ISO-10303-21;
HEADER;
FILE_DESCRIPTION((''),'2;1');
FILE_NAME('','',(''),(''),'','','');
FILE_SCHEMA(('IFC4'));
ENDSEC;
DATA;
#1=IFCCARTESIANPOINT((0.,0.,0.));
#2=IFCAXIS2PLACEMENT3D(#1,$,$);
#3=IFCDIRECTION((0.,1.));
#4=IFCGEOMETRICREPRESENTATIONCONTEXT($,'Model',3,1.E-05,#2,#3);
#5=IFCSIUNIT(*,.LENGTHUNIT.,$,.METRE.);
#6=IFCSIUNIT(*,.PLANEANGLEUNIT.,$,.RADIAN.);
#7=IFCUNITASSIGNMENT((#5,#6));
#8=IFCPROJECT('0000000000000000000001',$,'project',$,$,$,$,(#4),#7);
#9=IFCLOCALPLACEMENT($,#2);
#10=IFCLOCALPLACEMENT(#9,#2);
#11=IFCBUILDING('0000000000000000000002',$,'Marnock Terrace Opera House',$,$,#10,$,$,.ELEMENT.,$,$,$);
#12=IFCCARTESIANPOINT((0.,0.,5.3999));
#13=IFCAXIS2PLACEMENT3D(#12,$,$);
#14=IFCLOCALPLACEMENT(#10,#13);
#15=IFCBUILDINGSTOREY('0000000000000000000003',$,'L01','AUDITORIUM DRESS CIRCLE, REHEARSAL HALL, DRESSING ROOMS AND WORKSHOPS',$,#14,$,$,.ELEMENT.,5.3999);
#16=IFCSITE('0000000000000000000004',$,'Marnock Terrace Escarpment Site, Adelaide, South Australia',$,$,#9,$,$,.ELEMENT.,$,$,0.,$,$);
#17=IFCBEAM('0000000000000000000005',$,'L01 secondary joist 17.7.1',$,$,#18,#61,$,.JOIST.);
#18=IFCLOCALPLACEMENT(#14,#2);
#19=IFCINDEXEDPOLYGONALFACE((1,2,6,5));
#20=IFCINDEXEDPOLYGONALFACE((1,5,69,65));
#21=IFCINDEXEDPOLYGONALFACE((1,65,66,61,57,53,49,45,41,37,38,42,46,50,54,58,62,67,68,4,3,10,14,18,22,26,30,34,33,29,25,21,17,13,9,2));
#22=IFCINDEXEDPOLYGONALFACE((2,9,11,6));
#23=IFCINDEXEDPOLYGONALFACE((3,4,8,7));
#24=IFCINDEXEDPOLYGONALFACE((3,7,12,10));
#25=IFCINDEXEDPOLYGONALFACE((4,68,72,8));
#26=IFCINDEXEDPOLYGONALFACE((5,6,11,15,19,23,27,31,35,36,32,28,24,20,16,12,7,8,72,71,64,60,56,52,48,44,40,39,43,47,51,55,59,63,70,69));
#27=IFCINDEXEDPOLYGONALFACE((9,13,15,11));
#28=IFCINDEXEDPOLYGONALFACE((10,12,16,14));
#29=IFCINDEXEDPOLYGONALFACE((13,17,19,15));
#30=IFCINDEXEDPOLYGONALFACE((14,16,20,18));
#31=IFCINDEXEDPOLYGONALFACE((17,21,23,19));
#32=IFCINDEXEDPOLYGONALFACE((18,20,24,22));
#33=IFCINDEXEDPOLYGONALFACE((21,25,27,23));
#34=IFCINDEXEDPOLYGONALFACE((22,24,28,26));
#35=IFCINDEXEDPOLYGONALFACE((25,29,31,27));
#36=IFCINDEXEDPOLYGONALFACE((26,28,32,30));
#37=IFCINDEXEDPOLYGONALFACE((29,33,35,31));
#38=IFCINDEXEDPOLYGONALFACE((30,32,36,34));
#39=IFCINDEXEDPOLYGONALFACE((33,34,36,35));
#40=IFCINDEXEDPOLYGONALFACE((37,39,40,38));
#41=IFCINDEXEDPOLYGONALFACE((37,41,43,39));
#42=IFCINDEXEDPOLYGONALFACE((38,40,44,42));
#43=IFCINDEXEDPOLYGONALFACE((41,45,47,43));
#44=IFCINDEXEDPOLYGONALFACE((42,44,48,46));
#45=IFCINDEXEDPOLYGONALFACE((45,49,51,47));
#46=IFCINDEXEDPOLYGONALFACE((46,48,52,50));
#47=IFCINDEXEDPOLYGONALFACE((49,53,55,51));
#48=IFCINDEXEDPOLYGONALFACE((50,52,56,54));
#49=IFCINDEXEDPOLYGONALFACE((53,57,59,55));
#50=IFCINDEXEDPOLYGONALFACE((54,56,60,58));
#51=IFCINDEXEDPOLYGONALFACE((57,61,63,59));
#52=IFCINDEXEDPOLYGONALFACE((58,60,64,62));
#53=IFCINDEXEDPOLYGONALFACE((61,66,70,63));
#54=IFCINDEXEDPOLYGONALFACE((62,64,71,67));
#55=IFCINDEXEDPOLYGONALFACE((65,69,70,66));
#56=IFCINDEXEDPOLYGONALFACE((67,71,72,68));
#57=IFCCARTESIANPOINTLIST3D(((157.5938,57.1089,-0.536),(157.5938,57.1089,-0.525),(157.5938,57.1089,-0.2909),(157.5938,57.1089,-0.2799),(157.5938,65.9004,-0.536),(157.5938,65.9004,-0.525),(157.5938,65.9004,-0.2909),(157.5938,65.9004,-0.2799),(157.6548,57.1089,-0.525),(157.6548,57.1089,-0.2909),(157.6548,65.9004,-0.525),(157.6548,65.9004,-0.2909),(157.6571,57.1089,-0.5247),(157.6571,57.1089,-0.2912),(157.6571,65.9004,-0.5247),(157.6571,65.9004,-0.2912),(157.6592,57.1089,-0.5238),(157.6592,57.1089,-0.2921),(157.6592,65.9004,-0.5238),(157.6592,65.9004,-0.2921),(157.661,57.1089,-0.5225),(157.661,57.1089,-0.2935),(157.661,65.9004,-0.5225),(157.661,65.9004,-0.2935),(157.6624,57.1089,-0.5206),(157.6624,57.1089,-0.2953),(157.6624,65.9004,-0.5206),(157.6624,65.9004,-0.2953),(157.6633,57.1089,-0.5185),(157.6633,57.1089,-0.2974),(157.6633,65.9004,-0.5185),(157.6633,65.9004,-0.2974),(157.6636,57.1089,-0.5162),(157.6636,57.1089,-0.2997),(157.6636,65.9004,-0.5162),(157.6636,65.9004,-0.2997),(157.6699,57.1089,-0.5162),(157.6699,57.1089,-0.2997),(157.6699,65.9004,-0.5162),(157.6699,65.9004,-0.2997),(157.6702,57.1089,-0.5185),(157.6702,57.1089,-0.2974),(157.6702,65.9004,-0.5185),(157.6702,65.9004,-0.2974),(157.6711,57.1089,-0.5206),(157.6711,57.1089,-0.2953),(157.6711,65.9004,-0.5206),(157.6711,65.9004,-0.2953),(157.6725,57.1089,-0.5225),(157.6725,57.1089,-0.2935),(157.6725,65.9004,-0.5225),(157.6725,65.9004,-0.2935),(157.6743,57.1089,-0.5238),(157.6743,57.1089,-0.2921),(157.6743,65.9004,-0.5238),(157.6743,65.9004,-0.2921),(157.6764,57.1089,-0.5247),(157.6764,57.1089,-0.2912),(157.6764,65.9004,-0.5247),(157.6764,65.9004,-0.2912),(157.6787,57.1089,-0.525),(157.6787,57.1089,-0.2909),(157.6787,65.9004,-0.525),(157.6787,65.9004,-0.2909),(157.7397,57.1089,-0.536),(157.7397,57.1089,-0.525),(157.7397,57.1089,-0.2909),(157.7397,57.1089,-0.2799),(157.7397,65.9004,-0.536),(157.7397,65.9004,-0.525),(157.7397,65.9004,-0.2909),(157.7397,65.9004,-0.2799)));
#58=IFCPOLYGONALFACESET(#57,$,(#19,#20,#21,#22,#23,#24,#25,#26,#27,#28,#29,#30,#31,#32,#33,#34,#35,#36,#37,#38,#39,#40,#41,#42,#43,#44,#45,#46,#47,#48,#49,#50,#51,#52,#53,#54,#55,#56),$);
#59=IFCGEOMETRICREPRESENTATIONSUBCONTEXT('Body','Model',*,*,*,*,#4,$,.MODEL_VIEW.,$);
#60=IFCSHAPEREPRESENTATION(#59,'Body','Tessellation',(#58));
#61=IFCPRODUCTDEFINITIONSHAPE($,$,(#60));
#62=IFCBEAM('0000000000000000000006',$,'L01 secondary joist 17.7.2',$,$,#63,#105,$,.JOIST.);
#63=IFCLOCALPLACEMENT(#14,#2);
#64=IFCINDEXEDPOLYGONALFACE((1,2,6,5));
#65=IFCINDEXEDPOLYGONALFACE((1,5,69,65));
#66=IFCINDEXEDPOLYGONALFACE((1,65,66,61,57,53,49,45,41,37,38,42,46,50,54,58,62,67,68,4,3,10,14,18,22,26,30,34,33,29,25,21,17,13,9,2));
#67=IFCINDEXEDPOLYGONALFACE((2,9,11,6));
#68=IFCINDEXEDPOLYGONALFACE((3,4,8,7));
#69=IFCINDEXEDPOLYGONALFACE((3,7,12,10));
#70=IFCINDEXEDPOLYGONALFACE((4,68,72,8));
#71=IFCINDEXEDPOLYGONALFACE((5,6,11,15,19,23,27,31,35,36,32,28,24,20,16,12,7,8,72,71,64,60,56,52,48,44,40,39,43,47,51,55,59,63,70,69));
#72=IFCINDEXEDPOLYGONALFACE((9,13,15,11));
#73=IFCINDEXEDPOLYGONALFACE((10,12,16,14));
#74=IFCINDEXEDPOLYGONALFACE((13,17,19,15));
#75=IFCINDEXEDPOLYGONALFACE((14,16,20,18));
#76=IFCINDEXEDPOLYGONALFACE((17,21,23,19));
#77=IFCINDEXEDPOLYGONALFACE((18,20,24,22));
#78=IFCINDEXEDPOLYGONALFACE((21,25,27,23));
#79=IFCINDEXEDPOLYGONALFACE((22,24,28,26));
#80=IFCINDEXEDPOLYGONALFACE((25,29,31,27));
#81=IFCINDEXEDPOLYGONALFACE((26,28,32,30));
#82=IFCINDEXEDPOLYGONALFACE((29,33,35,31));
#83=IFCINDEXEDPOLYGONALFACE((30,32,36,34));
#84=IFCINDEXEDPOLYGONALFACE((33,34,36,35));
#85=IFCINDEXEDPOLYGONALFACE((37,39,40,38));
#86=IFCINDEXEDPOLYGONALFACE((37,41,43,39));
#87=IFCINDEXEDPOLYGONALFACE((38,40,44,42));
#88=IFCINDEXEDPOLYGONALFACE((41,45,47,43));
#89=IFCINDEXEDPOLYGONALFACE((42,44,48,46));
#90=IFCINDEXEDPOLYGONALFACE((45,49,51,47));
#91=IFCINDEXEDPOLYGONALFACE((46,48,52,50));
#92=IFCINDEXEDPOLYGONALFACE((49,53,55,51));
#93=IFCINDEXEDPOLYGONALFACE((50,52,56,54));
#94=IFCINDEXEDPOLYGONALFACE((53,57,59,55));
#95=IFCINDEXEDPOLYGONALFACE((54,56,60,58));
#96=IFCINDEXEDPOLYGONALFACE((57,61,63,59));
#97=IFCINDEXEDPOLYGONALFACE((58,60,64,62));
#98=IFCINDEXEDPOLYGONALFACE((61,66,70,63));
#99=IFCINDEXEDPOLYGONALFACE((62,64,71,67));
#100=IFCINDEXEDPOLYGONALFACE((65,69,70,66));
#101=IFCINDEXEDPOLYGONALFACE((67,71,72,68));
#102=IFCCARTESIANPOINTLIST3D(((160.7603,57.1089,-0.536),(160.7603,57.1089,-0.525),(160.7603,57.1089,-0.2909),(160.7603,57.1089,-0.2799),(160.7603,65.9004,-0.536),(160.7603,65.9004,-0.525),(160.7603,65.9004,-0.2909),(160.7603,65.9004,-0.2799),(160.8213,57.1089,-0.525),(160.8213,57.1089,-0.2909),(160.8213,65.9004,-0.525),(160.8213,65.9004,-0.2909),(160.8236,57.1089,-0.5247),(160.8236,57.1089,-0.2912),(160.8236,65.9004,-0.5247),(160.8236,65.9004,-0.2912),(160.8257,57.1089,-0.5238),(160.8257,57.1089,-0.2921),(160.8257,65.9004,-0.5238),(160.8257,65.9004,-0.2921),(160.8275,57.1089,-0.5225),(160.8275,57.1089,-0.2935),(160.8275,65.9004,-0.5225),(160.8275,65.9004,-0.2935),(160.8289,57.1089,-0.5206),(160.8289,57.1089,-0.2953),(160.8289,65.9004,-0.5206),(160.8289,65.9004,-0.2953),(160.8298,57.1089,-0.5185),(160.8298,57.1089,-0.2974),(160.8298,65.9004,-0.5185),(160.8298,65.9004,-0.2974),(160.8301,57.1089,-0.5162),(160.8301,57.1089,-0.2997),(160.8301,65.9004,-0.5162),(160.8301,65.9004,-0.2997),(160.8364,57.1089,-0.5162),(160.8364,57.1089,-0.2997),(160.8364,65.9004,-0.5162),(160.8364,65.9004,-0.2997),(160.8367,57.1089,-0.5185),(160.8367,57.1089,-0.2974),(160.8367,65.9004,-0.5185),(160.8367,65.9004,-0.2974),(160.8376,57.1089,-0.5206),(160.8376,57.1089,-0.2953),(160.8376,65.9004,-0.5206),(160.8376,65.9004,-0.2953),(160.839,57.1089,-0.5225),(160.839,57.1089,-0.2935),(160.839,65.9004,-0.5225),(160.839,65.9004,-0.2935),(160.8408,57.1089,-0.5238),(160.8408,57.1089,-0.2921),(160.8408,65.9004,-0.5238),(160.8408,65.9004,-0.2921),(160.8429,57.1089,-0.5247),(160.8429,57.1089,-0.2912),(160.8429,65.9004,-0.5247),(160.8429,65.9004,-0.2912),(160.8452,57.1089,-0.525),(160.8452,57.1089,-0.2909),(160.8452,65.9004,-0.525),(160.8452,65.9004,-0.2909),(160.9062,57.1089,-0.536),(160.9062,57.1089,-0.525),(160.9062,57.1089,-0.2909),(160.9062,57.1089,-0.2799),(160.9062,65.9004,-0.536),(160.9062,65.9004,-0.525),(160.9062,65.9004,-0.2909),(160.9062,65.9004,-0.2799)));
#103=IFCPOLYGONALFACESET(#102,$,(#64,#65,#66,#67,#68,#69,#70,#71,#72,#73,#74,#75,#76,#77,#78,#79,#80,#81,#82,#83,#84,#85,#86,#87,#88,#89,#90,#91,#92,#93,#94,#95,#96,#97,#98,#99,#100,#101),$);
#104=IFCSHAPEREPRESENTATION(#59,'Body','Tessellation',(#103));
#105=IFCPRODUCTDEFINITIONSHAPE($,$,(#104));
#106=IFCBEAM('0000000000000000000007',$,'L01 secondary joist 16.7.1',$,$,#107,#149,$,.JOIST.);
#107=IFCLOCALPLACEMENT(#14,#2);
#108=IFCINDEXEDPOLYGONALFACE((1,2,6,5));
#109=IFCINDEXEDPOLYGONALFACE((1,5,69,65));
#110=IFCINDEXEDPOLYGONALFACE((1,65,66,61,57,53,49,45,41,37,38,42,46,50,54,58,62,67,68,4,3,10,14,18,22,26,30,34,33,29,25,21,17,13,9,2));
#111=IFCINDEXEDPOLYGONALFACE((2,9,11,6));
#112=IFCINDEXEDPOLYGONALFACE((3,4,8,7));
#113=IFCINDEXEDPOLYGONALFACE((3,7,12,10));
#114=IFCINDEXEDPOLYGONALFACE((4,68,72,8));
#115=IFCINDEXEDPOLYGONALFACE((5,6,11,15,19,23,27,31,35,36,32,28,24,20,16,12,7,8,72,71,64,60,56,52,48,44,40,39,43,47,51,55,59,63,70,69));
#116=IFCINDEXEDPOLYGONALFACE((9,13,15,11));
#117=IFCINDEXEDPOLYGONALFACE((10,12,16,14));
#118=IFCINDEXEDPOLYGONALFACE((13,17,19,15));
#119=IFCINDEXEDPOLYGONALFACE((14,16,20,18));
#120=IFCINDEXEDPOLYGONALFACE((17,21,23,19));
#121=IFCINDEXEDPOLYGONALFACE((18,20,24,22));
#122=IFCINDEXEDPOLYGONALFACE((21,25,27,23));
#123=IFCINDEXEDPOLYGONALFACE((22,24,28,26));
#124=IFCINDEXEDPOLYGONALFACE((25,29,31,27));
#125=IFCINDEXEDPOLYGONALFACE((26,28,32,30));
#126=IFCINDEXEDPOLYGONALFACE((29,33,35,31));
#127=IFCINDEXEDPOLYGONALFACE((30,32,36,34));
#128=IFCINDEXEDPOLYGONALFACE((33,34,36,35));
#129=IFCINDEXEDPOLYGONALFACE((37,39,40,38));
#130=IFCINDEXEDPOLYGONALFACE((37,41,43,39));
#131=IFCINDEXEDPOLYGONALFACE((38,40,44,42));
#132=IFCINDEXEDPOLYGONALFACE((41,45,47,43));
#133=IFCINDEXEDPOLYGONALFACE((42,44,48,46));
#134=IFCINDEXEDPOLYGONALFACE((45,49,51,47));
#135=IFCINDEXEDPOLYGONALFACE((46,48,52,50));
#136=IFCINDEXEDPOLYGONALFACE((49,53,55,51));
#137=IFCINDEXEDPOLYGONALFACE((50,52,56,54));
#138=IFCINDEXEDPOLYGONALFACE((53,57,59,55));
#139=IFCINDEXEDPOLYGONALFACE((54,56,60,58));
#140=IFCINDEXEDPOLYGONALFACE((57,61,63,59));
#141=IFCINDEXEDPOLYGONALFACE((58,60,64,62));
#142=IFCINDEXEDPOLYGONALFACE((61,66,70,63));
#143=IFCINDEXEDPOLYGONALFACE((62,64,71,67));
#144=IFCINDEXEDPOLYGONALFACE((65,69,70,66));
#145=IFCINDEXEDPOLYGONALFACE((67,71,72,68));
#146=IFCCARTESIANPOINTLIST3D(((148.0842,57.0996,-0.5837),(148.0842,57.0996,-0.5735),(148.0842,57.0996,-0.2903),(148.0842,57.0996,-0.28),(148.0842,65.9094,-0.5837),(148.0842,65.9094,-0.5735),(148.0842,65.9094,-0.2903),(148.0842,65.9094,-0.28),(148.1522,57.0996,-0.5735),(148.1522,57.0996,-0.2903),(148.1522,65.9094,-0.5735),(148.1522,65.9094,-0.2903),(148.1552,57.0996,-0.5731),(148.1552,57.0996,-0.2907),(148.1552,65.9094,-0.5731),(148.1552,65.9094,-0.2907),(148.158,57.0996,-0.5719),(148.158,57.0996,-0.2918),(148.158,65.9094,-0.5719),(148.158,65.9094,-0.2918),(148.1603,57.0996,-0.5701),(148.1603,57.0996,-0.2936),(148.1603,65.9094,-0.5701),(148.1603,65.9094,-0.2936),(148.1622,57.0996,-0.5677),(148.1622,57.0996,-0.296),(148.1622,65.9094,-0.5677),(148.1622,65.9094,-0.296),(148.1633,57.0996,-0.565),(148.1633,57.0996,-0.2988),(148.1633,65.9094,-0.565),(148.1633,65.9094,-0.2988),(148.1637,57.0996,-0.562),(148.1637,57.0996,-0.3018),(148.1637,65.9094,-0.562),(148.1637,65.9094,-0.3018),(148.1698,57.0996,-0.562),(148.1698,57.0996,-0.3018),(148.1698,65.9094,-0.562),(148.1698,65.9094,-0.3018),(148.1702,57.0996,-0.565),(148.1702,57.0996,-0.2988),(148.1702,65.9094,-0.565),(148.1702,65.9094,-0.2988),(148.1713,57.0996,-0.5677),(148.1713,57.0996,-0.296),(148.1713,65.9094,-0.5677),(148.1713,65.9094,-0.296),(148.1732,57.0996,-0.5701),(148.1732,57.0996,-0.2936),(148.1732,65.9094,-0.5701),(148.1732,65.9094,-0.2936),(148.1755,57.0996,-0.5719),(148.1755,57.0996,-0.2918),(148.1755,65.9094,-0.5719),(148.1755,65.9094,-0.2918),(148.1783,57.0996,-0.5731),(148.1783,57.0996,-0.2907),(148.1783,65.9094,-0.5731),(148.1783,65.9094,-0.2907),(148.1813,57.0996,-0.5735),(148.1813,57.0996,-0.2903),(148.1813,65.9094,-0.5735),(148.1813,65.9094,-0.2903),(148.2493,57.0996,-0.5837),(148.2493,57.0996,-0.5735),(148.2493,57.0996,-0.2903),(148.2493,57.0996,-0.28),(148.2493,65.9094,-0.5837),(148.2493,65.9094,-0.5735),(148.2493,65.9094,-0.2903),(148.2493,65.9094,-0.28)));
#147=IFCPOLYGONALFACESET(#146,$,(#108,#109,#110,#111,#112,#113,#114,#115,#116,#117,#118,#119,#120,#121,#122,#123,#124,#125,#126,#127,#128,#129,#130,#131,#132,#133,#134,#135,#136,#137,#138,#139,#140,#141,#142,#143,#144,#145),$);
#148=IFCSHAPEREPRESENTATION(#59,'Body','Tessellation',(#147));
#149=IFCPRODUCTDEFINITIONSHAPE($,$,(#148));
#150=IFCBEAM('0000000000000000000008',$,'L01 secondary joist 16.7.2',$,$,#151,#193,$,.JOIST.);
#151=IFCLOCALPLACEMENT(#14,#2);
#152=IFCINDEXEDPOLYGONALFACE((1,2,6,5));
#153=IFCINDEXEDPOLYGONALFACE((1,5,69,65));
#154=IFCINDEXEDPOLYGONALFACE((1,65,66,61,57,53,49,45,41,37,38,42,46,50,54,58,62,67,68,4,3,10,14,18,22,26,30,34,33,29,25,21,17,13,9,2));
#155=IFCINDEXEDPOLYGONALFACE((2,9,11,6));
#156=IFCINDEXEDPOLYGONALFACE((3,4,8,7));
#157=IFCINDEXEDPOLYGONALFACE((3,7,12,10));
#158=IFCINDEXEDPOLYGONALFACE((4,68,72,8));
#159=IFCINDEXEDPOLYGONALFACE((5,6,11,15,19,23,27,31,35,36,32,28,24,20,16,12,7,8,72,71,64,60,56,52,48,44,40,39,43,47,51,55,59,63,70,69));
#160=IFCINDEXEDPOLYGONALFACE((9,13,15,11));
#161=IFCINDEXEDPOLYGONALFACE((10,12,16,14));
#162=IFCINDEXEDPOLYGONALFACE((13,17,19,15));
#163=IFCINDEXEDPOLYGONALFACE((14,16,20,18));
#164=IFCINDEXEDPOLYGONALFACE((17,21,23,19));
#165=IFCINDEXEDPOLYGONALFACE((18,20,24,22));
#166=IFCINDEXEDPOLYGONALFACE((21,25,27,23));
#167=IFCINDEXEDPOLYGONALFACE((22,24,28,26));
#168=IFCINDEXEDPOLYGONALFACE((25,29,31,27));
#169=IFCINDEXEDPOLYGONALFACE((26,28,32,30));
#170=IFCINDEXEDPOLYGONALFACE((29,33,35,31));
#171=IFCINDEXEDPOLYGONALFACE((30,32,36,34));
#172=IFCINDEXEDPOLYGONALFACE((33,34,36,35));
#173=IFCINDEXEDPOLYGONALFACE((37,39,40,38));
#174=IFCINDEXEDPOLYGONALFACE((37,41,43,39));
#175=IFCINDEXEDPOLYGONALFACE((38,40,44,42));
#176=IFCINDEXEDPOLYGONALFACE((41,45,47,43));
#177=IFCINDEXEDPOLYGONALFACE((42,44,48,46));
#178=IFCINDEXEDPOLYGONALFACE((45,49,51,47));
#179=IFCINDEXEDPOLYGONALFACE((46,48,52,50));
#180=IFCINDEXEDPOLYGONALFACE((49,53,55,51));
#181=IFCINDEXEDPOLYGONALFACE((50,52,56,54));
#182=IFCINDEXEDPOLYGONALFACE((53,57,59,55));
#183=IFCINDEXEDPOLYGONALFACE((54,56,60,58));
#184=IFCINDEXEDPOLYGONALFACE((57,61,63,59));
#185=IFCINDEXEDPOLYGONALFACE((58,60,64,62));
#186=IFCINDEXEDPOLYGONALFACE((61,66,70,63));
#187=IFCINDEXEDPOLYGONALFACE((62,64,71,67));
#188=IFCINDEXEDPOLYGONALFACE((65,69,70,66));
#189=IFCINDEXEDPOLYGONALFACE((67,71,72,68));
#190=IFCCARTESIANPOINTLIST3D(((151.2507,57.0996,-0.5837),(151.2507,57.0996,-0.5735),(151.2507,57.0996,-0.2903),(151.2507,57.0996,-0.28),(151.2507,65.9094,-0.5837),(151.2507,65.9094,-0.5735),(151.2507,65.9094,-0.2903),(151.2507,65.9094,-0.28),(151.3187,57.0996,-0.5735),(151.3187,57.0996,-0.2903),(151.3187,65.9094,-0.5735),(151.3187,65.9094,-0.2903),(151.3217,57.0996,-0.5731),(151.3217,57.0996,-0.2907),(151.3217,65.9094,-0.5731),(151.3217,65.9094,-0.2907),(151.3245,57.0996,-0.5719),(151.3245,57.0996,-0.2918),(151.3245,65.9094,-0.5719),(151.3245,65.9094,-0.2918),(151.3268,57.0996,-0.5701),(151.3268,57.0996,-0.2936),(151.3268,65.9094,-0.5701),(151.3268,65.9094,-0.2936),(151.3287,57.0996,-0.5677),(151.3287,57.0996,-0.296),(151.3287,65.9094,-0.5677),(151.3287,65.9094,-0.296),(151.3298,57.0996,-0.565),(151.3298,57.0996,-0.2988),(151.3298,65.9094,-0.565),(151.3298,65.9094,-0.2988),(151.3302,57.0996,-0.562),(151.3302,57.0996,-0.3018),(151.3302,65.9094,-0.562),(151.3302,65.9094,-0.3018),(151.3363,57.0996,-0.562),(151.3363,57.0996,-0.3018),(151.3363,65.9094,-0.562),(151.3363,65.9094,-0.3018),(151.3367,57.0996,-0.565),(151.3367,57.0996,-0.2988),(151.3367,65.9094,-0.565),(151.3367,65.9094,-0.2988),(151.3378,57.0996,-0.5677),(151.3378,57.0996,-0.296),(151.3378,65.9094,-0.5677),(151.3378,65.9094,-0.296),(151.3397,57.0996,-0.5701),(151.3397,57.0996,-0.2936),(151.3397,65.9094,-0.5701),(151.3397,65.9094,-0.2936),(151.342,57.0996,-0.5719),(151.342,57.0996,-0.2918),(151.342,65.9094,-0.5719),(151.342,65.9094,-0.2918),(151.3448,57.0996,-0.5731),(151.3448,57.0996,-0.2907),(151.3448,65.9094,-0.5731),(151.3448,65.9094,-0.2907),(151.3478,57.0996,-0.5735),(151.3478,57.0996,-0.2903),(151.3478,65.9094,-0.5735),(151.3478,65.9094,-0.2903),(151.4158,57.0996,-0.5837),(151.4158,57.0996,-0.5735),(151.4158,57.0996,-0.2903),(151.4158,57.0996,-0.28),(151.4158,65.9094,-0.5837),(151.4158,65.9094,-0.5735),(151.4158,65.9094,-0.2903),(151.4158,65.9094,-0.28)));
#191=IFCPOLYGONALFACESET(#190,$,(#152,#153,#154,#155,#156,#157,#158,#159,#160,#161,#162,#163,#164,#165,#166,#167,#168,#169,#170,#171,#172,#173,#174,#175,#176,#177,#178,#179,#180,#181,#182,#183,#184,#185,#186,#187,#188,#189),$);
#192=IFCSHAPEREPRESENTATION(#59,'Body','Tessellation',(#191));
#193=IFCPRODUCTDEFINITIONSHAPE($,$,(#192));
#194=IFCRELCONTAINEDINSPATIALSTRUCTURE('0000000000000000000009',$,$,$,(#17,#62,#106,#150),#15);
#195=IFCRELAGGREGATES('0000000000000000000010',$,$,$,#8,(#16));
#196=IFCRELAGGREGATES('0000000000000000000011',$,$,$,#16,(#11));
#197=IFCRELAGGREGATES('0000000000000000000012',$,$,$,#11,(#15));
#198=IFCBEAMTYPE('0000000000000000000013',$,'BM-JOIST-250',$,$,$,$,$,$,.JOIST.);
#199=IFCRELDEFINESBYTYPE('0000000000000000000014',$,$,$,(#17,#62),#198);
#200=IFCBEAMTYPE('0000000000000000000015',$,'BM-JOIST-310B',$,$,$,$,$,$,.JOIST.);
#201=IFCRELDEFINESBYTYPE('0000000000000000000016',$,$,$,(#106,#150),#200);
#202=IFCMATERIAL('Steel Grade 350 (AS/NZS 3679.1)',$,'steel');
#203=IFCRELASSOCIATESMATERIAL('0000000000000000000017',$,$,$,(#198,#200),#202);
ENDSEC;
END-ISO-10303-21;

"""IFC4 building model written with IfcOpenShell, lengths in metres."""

from ifc_helpers import new_model, si_unit, direction, frame, origin, origin_2d, place, context, subcontext, project, spatial, i_section, extrude, material, material_profile, profile_set, type_object, element, save


model = new_model("IFC4")

# Units and contexts
model_context = context("Model", 3, precision=1e-05, world=origin(), true_north=direction((0.0, 1.0)))
body_context = subcontext(model_context, "Body", "Model", "MODEL_VIEW")
ifc_project = project(units=[si_unit("LENGTHUNIT", "METRE"), si_unit("PLANEANGLEUNIT", "RADIAN")], contexts=[model_context])

# Site, building, storey
site_placement = place(None, origin())
site = spatial("IfcSite", under=ifc_project, at=site_placement, Name="Marnock Terrace Escarpment Site, Adelaide, South Australia", CompositionType="ELEMENT", RefElevation=0.0)
building_placement = place(site_placement, origin())
building = spatial("IfcBuilding", under=site, at=building_placement, Name="Marnock Terrace Opera House", CompositionType="ELEMENT")
storey_placement = place(building_placement, frame((0.0, 0.0, 5.3999)))
storey = spatial("IfcBuildingStorey", under=building, at=storey_placement, Name="L01", Description="AUDITORIUM DRESS CIRCLE, REHEARSAL HALL, DRESSING ROOMS AND WORKSHOPS", CompositionType="ELEMENT", Elevation=5.3999)

# Beams
ifc_material_1 = material(Name="Steel Grade 350 (AS/NZS 3679.1)", Category="steel")
ifc_material_profile_1 = material_profile(ifc_material_1, i_section(OverallWidth=0.146, OverallDepth=0.2561, WebThickness=0.0063, FlangeThickness=0.011, FilletRadius=0.0088, at=origin_2d()))
ifc_profile_set_1 = profile_set([ifc_material_profile_1], Name="Steel Grade 350 (AS/NZS 3679.1)")
beam_type_1 = type_object("IfcBeamType", Name="BM-JOIST-250", PredefinedType="JOIST", material=ifc_profile_set_1)
for number, where, z_axis, x_axis, name in (
    (1, (157.6667, 57.1089, -0.408), (0.0, 1.0, 0.0), (-1.0, 0.0, 0.0), "L01 secondary joist 17.7.1"),
    (2, (160.8333, 57.1089, -0.408), (0.0, 1.0, 0.0), (-1.0, 0.0, 0.0), "L01 secondary joist 17.7.2"),
):
    element("IfcBeam", number, at=place(storey_placement, frame(where, z_axis=z_axis, x_axis=x_axis)), inside=storey, type_object=beam_type_1, Name=name, PredefinedType="JOIST", context=body_context, shape_type="SweptSolid", body=[
        extrude(i_section(OverallWidth=0.146, OverallDepth=0.2561, WebThickness=0.0063, FlangeThickness=0.011, FilletRadius=0.0088, at=origin_2d()), origin(), (0.0, 0.0, 1.0), 8.7915),
    ])
ifc_material_profile_2 = material_profile(ifc_material_1, i_section(OverallWidth=0.165, OverallDepth=0.3037, WebThickness=0.0061, FlangeThickness=0.0103, FilletRadius=0.0115, at=origin_2d()))
ifc_profile_set_2 = profile_set([ifc_material_profile_2], Name="Steel Grade 350 (AS/NZS 3679.1)")
beam_type_2 = type_object("IfcBeamType", Name="BM-JOIST-310B", PredefinedType="JOIST", material=ifc_profile_set_2)
for number, where, z_axis, x_axis, name in (
    (3, (148.1667, 57.0996, -0.4319), (0.0, 1.0, 0.0), (-1.0, 0.0, 0.0), "L01 secondary joist 16.7.1"),
    (4, (151.3333, 57.0996, -0.4319), (0.0, 1.0, 0.0), (-1.0, 0.0, 0.0), "L01 secondary joist 16.7.2"),
):
    element("IfcBeam", number, at=place(storey_placement, frame(where, z_axis=z_axis, x_axis=x_axis)), inside=storey, type_object=beam_type_2, Name=name, PredefinedType="JOIST", context=body_context, shape_type="SweptSolid", body=[
        extrude(i_section(OverallWidth=0.165, OverallDepth=0.3037, WebThickness=0.0061, FlangeThickness=0.0103, FilletRadius=0.0115, at=origin_2d()), origin(), (0.0, 0.0, 1.0), 8.8098),
    ])

save(model, "model.ifc")
